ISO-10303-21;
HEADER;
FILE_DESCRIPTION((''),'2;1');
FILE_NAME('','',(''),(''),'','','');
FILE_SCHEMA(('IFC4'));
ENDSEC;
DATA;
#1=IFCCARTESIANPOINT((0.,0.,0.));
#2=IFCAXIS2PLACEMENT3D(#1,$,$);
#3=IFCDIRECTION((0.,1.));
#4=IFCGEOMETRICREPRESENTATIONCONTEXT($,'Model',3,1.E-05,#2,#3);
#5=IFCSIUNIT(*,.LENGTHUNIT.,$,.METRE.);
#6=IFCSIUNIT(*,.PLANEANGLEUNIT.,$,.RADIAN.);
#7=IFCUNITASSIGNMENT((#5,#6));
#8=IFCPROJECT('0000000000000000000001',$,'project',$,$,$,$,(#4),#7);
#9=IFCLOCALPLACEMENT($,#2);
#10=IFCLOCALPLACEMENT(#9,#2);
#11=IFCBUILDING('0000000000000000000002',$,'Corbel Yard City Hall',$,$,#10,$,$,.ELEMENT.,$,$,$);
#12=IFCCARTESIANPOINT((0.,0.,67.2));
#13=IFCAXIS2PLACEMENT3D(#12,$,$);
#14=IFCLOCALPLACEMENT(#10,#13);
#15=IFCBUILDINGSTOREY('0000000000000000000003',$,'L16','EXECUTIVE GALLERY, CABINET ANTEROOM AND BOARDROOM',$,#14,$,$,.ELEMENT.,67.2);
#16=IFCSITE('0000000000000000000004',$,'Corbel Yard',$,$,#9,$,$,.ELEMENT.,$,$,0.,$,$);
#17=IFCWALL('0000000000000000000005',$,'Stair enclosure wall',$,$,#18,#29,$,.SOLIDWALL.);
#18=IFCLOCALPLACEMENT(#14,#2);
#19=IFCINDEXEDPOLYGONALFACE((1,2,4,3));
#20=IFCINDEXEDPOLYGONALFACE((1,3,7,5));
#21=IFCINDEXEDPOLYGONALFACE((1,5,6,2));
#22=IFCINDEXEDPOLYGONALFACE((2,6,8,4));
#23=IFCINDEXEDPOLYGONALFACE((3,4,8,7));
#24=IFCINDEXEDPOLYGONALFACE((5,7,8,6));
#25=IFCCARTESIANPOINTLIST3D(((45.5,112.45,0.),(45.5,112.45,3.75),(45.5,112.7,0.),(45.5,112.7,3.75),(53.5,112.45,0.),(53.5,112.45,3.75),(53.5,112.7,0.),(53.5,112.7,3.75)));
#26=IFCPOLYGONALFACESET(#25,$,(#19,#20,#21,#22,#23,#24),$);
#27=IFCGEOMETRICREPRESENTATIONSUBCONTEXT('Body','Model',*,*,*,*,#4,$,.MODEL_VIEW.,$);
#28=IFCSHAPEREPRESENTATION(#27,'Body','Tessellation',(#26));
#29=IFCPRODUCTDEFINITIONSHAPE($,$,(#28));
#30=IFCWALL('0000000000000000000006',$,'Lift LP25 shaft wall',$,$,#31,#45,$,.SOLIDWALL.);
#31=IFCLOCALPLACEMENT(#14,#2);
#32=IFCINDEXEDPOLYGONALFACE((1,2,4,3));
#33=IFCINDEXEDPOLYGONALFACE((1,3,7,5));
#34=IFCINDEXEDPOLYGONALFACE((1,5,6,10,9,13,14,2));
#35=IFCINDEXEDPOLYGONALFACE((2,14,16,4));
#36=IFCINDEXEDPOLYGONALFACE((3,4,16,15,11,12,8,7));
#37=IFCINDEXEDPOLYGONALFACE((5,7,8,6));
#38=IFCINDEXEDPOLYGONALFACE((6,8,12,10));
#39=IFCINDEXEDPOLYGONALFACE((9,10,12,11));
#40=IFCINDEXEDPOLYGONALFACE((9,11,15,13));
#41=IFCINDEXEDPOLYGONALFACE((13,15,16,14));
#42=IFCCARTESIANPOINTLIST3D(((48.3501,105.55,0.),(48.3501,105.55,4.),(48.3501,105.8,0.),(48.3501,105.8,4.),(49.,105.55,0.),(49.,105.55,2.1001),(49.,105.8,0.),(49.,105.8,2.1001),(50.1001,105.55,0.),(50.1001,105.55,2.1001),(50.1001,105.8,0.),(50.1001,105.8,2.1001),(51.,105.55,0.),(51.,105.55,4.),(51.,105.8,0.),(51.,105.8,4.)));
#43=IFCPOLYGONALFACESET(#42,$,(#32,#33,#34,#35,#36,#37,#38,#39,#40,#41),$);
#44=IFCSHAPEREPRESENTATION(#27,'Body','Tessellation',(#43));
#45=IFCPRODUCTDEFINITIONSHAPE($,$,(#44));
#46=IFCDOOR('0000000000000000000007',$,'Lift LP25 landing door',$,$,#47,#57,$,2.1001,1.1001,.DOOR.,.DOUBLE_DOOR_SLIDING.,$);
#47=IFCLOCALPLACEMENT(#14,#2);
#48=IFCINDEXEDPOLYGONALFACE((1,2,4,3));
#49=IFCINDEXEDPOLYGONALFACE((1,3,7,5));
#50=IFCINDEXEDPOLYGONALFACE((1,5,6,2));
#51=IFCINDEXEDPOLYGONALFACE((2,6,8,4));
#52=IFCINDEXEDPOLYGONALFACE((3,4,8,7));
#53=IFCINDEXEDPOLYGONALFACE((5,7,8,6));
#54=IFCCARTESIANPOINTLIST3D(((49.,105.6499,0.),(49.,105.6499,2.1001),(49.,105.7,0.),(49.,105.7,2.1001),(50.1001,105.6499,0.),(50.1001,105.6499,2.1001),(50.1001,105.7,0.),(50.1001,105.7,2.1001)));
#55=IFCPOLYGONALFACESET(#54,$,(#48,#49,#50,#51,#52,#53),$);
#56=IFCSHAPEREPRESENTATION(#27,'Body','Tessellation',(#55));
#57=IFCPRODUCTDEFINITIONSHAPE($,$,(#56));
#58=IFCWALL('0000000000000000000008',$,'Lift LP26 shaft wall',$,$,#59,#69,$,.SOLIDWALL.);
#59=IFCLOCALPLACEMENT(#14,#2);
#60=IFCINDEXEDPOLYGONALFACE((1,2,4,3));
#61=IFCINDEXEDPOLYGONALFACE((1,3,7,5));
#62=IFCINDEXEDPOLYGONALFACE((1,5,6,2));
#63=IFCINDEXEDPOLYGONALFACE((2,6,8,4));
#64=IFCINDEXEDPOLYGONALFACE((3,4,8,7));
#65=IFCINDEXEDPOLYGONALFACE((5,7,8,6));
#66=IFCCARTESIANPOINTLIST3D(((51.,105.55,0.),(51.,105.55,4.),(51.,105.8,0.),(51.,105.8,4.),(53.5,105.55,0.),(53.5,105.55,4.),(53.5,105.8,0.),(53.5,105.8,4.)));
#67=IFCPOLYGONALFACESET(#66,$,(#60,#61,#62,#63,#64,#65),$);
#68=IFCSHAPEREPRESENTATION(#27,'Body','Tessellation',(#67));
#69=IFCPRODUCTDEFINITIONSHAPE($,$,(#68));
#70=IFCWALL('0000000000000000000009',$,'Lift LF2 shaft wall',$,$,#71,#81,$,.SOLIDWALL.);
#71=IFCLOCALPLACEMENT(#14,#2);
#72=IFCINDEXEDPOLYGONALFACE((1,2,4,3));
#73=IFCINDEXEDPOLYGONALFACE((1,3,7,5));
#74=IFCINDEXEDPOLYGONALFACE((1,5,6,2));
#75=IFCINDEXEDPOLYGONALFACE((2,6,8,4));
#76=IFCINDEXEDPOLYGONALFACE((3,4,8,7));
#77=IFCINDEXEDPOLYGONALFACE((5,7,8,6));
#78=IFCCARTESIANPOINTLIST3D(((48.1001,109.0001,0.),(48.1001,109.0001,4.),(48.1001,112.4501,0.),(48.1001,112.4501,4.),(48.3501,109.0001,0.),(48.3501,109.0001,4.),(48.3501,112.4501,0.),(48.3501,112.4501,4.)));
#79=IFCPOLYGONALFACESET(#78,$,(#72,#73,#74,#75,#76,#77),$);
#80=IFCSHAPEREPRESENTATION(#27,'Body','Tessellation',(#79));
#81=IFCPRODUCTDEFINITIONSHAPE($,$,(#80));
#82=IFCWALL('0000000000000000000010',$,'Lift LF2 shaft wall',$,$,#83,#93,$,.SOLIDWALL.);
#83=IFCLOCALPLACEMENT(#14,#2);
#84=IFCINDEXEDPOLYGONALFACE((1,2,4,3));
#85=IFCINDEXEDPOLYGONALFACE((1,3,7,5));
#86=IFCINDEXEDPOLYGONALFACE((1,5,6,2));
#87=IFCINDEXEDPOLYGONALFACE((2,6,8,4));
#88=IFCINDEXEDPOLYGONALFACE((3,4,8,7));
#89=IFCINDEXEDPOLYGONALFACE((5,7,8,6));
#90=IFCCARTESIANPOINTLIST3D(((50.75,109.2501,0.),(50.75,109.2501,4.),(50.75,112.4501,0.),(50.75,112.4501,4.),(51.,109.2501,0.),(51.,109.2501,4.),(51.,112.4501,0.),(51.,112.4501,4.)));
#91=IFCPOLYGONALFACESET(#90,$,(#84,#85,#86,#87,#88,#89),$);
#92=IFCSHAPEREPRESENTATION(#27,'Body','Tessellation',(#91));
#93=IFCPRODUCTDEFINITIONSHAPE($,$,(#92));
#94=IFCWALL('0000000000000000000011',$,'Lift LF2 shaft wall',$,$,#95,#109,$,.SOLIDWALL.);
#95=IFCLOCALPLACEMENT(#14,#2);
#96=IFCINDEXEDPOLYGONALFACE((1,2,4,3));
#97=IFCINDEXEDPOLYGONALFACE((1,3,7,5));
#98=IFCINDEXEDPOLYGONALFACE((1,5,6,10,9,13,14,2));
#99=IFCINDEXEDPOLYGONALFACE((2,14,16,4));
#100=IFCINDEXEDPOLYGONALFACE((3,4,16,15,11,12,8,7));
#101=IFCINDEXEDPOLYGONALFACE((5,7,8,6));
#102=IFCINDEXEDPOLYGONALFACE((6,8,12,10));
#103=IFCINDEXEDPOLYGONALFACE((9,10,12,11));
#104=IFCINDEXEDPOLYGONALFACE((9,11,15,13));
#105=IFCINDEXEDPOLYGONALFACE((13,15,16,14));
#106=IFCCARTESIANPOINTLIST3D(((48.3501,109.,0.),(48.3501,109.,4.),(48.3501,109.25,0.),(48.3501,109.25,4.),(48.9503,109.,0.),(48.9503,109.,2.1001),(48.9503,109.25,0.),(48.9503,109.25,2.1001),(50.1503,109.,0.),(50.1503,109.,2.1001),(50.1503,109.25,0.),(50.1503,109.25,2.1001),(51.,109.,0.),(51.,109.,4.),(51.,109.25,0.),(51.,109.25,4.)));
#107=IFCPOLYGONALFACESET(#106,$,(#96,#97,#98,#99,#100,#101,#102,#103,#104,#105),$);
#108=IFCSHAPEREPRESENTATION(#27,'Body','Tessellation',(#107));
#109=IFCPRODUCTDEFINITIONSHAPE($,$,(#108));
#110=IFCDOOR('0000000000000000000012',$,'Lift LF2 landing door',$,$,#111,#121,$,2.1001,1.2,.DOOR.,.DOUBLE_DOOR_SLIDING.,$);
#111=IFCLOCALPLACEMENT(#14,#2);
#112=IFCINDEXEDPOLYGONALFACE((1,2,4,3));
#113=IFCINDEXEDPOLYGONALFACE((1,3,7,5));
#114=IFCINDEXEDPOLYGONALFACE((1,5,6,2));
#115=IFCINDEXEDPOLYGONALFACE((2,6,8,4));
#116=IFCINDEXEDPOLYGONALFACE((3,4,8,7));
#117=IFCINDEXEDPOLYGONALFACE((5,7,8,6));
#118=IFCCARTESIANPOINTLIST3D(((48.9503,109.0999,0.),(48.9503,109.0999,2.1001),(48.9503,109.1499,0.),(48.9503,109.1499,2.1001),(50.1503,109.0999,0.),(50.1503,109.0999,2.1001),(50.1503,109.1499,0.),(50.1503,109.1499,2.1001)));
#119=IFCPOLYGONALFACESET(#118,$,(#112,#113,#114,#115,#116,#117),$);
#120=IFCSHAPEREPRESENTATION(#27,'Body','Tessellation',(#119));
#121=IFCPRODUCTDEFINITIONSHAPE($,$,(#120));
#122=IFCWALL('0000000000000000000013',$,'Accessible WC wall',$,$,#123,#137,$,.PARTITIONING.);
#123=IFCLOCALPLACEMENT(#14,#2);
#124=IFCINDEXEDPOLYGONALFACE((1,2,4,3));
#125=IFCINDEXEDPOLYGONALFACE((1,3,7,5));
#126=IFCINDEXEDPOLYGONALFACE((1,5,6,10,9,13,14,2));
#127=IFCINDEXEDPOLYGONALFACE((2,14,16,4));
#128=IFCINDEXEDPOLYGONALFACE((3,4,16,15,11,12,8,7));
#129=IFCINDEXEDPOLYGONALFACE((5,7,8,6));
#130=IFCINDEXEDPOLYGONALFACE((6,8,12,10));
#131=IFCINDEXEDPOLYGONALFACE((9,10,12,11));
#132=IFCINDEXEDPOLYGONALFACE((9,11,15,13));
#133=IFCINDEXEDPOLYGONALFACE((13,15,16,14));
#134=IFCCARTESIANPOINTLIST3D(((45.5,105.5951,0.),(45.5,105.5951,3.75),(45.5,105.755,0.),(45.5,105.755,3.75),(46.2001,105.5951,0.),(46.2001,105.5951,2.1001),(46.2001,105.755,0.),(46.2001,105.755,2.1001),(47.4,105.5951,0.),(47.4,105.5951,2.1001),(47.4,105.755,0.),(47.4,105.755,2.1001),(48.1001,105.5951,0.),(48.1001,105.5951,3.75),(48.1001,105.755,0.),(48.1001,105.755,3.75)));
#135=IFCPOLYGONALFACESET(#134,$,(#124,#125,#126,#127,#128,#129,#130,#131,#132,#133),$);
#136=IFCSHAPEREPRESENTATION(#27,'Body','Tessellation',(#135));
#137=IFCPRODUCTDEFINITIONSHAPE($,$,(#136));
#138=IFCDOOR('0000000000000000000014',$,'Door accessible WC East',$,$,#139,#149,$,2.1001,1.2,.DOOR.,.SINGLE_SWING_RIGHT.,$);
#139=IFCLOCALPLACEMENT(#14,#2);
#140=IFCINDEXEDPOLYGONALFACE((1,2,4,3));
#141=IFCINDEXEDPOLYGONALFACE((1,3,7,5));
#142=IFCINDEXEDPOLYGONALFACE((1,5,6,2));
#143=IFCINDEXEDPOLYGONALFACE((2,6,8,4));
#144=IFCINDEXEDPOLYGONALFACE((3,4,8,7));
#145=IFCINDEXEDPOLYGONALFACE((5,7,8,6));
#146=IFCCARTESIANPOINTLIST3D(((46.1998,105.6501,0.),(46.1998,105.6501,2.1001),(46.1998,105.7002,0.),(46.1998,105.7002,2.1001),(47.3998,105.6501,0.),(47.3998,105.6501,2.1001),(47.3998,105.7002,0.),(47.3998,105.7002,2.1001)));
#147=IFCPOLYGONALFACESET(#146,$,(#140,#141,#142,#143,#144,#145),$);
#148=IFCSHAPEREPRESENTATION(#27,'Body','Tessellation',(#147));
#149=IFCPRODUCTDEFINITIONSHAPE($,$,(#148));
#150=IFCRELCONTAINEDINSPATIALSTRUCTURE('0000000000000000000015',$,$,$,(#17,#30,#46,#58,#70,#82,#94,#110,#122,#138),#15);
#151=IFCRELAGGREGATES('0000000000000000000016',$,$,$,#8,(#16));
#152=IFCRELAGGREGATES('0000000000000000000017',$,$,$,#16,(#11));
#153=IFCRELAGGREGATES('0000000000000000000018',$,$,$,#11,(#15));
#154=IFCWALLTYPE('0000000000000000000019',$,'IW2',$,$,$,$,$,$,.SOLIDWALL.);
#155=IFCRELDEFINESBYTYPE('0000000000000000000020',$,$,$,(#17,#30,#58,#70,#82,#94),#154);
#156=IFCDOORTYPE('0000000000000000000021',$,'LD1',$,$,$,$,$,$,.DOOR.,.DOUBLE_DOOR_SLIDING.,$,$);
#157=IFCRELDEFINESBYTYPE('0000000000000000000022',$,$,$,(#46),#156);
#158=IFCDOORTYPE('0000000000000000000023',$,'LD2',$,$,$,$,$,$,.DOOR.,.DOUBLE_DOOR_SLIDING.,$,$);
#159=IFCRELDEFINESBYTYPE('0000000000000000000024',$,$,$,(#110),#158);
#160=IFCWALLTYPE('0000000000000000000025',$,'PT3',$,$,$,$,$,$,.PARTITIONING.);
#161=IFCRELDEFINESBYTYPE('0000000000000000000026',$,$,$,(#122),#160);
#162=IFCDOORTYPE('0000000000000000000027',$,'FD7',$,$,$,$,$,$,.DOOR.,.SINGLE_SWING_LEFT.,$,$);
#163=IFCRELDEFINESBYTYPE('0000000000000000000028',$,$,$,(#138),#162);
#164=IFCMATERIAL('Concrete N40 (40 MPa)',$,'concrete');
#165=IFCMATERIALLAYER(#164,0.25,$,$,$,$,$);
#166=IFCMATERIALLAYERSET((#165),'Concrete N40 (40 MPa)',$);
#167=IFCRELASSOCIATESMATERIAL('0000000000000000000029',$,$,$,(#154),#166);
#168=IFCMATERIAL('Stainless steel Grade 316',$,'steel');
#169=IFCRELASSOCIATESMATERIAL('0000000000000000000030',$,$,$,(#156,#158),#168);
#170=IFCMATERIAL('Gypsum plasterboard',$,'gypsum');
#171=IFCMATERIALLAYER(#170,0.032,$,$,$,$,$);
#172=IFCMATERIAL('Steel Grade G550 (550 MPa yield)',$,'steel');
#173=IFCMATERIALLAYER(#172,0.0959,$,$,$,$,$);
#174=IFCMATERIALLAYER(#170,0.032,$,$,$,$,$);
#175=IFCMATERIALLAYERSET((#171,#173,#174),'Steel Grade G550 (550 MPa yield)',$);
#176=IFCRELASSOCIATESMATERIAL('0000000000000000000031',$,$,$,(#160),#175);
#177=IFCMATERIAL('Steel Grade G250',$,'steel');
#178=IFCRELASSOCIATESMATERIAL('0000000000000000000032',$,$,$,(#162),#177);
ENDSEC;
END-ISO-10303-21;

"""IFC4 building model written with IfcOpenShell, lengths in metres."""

from ifc_helpers import new_model, si_unit, direction, frame, frame_2d, origin, place, context, subcontext, project, spatial, rectangle, extrude, material, layer, layer_set, type_object, element, fill, save


model = new_model("IFC4")

# Units and contexts
model_context = context("Model", 3, precision=1e-05, world=origin(), true_north=direction((0.0, 1.0)))
body_context = subcontext(model_context, "Body", "Model", "MODEL_VIEW")
ifc_project = project(units=[si_unit("LENGTHUNIT", "METRE"), si_unit("PLANEANGLEUNIT", "RADIAN")], contexts=[model_context])

# Site, building, storey
site_placement = place(None, origin())
site = spatial("IfcSite", under=ifc_project, at=site_placement, Name="Corbel Yard", CompositionType="ELEMENT", RefElevation=0.0)
building_placement = place(site_placement, origin())
building = spatial("IfcBuilding", under=site, at=building_placement, Name="Corbel Yard City Hall", CompositionType="ELEMENT")
storey_placement = place(building_placement, frame((0.0, 0.0, 67.2)))
storey = spatial("IfcBuildingStorey", under=building, at=storey_placement, Name="L16", Description="EXECUTIVE GALLERY, CABINET ANTEROOM AND BOARDROOM", CompositionType="ELEMENT", Elevation=67.2)

# Wall
ifc_material_1 = material(Name="Concrete N40 (40 MPa)", Category="concrete")
ifc_layer_1 = layer(ifc_material_1, 0.25)
ifc_layer_set_1 = layer_set([ifc_layer_1], Name="Concrete N40 (40 MPa)")
wall_type_1 = type_object("IfcWallType", Name="IW2", PredefinedType="SOLIDWALL", material=ifc_layer_set_1)
wall_1_placement = place(storey_placement, frame((45.5, 112.575, 0.0), z_axis=(0.0, 0.0, 1.0), x_axis=(1.0, 0.0, 0.0)))
element("IfcWall", 1, at=wall_1_placement, inside=storey, type_object=wall_type_1, Name="Stair enclosure wall", PredefinedType="SOLIDWALL", context=body_context, shape_type="SweptSolid", body=[
    extrude(rectangle(XDim=8.0, YDim=0.25, at=frame_2d((4.0, 0.0))), origin(), (0.0, 0.0, 1.0), 3.75),
])

# Wall, opening, door
wall_2_placement = place(storey_placement, frame((48.3501, 105.675, 0.0), z_axis=(0.0, 0.0, 1.0), x_axis=(1.0, 0.0, 0.0)))
wall_2 = element("IfcWall", 2, at=wall_2_placement, inside=storey, type_object=wall_type_1, Name="Lift LP25 shaft wall", PredefinedType="SOLIDWALL", context=body_context, shape_type="SweptSolid", body=[
    extrude(rectangle(XDim=2.6499, YDim=0.25, at=frame_2d((1.325, 0.0))), origin(), (0.0, 0.0, 1.0), 4.0),
])
opening_1_placement = place(wall_2_placement, frame((0.6499, 0.0, 0.0)))
opening_1 = element("IfcOpeningElement", 3, at=opening_1_placement, cuts=wall_2, PredefinedType="OPENING", context=body_context, shape_type="SweptSolid", body=[
    extrude(rectangle(XDim=1.1001, YDim=2.1001, at=frame_2d((0.55, 1.05))), frame((0.0, 0.135, 0.0), z_axis=(0.0, -1.0, 0.0), x_axis=(1.0, 0.0, 0.0)), (0.0, 0.0, 1.0), 0.27),
])
ifc_material_2 = material(Name="Stainless steel Grade 316", Category="steel")
door_type_1 = type_object("IfcDoorType", Name="LD1", OperationType="DOUBLE_DOOR_SLIDING", PredefinedType="DOOR", material=ifc_material_2)
door_1_placement = place(opening_1_placement, origin())
door_1 = element("IfcDoor", 4, at=door_1_placement, inside=storey, type_object=door_type_1, Name="Lift LP25 landing door", OperationType="DOUBLE_DOOR_SLIDING", OverallHeight=2.1001, OverallWidth=1.1001, PredefinedType="DOOR", context=body_context, shape_type="SweptSolid", body=[
    extrude(rectangle(XDim=1.1001, YDim=2.1001, at=frame_2d((0.55, 1.05))), frame((0.0, 0.0249, 0.0), z_axis=(0.0, -1.0, 0.0), x_axis=(1.0, 0.0, 0.0)), (0.0, 0.0, 1.0), 0.05),
])
fill(opening_1, door_1)

# Walls
wall_3_placement = place(storey_placement, frame((51.0, 105.675, 0.0), z_axis=(0.0, 0.0, 1.0), x_axis=(1.0, 0.0, 0.0)))
element("IfcWall", 5, at=wall_3_placement, inside=storey, type_object=wall_type_1, Name="Lift LP26 shaft wall", PredefinedType="SOLIDWALL", context=body_context, shape_type="SweptSolid", body=[
    extrude(rectangle(XDim=2.5, YDim=0.25, at=frame_2d((1.25, 0.0))), origin(), (0.0, 0.0, 1.0), 4.0),
])
wall_4_placement = place(storey_placement, frame((48.2251, 109.0, 0.0), z_axis=(0.0, 0.0, 1.0), x_axis=(0.0, 1.0, 0.0)))
element("IfcWall", 6, at=wall_4_placement, inside=storey, type_object=wall_type_1, Name="Lift LF2 shaft wall", PredefinedType="SOLIDWALL", context=body_context, shape_type="SweptSolid", body=[
    extrude(rectangle(XDim=3.45, YDim=0.25, at=frame_2d((1.7251, 0.0))), origin(), (0.0, 0.0, 1.0), 4.0),
])
wall_5_placement = place(storey_placement, frame((50.875, 109.25, 0.0), z_axis=(0.0, 0.0, 1.0), x_axis=(0.0, 1.0, 0.0)))
element("IfcWall", 7, at=wall_5_placement, inside=storey, type_object=wall_type_1, Name="Lift LF2 shaft wall", PredefinedType="SOLIDWALL", context=body_context, shape_type="SweptSolid", body=[
    extrude(rectangle(XDim=3.2, YDim=0.25, at=frame_2d((1.6001, 0.0))), origin(), (0.0, 0.0, 1.0), 4.0),
])

# Walls, openings, doors
wall_6_placement = place(storey_placement, frame((48.3501, 109.125, 0.0), z_axis=(0.0, 0.0, 1.0), x_axis=(1.0, 0.0, 0.0)))
wall_6 = element("IfcWall", 8, at=wall_6_placement, inside=storey, type_object=wall_type_1, Name="Lift LF2 shaft wall", PredefinedType="SOLIDWALL", context=body_context, shape_type="SweptSolid", body=[
    extrude(rectangle(XDim=2.6499, YDim=0.25, at=frame_2d((1.325, 0.0))), origin(), (0.0, 0.0, 1.0), 4.0),
])
opening_2_placement = place(wall_6_placement, frame((0.6001, 0.0, 0.0)))
opening_2 = element("IfcOpeningElement", 9, at=opening_2_placement, cuts=wall_6, PredefinedType="OPENING", context=body_context, shape_type="SweptSolid", body=[
    extrude(rectangle(XDim=1.2, YDim=2.1001, at=frame_2d((0.6001, 1.05))), frame((0.0, 0.135, 0.0), z_axis=(0.0, -1.0, 0.0), x_axis=(1.0, 0.0, 0.0)), (0.0, 0.0, 1.0), 0.27),
])
door_type_2 = type_object("IfcDoorType", Name="LD2", OperationType="DOUBLE_DOOR_SLIDING", PredefinedType="DOOR", material=ifc_material_2)
door_2_placement = place(opening_2_placement, origin())
door_2 = element("IfcDoor", 10, at=door_2_placement, inside=storey, type_object=door_type_2, Name="Lift LF2 landing door", OperationType="DOUBLE_DOOR_SLIDING", OverallHeight=2.1001, OverallWidth=1.2, PredefinedType="DOOR", context=body_context, shape_type="SweptSolid", body=[
    extrude(rectangle(XDim=1.2, YDim=2.1001, at=frame_2d((0.6001, 1.05))), frame((0.0, 0.0249, 0.0), z_axis=(0.0, -1.0, 0.0), x_axis=(1.0, 0.0, 0.0)), (0.0, 0.0, 1.0), 0.05),
])
fill(opening_2, door_2)
ifc_material_3 = material(Name="Gypsum plasterboard", Category="gypsum")
ifc_layer_2 = layer(ifc_material_3, 0.032)
ifc_material_4 = material(Name="Steel Grade G550 (550 MPa yield)", Category="steel")
ifc_layer_3 = layer(ifc_material_4, 0.0959)
ifc_layer_4 = layer(ifc_material_3, 0.032)
ifc_layer_set_2 = layer_set([ifc_layer_2, ifc_layer_3, ifc_layer_4], Name="Steel Grade G550 (550 MPa yield)")
wall_type_2 = type_object("IfcWallType", Name="PT3", PredefinedType="PARTITIONING", material=ifc_layer_set_2)
wall_7_placement = place(storey_placement, frame((45.5, 105.675, 0.0), z_axis=(0.0, 0.0, 1.0), x_axis=(1.0, 0.0, 0.0)))
wall_7 = element("IfcWall", 11, at=wall_7_placement, inside=storey, type_object=wall_type_2, Name="Accessible WC wall", PredefinedType="PARTITIONING", context=body_context, shape_type="SweptSolid", body=[
    extrude(rectangle(XDim=2.6001, YDim=0.1599, at=frame_2d((1.3, 0.0))), origin(), (0.0, 0.0, 1.0), 3.75),
])
opening_3_placement = place(wall_7_placement, frame((0.7, 0.0, 0.0)))
opening_3 = element("IfcOpeningElement", 12, at=opening_3_placement, cuts=wall_7, PredefinedType="OPENING", context=body_context, shape_type="SweptSolid", body=[
    extrude(rectangle(XDim=1.2, YDim=2.1001, at=frame_2d((0.6001, 1.05))), frame((0.0, 0.0898, 0.0), z_axis=(0.0, -1.0, 0.0), x_axis=(1.0, 0.0, 0.0)), (0.0, 0.0, 1.0), 0.1799),
])
ifc_material_5 = material(Name="Steel Grade G250", Category="steel")
door_type_3 = type_object("IfcDoorType", Name="FD7", OperationType="SINGLE_SWING_LEFT", PredefinedType="DOOR", material=ifc_material_5)
door_3_placement = place(opening_3_placement, frame((1.2, 0.0, 0.0), z_axis=(0.0, 0.0, 1.0), x_axis=(-1.0, 0.0, 0.0)))
door_3 = element("IfcDoor", 13, at=door_3_placement, inside=storey, type_object=door_type_3, Name="Door accessible WC East", OperationType="SINGLE_SWING_RIGHT", OverallHeight=2.1001, OverallWidth=1.2, PredefinedType="DOOR", context=body_context, shape_type="SweptSolid", body=[
    extrude(rectangle(XDim=1.2, YDim=2.1001, at=frame_2d((0.6001, 1.05))), frame((0.0, 0.0249, 0.0), z_axis=(0.0, -1.0, 0.0), x_axis=(1.0, 0.0, 0.0)), (0.0, 0.0, 1.0), 0.05),
])
fill(opening_3, door_3)

save(model, "model.ifc")
